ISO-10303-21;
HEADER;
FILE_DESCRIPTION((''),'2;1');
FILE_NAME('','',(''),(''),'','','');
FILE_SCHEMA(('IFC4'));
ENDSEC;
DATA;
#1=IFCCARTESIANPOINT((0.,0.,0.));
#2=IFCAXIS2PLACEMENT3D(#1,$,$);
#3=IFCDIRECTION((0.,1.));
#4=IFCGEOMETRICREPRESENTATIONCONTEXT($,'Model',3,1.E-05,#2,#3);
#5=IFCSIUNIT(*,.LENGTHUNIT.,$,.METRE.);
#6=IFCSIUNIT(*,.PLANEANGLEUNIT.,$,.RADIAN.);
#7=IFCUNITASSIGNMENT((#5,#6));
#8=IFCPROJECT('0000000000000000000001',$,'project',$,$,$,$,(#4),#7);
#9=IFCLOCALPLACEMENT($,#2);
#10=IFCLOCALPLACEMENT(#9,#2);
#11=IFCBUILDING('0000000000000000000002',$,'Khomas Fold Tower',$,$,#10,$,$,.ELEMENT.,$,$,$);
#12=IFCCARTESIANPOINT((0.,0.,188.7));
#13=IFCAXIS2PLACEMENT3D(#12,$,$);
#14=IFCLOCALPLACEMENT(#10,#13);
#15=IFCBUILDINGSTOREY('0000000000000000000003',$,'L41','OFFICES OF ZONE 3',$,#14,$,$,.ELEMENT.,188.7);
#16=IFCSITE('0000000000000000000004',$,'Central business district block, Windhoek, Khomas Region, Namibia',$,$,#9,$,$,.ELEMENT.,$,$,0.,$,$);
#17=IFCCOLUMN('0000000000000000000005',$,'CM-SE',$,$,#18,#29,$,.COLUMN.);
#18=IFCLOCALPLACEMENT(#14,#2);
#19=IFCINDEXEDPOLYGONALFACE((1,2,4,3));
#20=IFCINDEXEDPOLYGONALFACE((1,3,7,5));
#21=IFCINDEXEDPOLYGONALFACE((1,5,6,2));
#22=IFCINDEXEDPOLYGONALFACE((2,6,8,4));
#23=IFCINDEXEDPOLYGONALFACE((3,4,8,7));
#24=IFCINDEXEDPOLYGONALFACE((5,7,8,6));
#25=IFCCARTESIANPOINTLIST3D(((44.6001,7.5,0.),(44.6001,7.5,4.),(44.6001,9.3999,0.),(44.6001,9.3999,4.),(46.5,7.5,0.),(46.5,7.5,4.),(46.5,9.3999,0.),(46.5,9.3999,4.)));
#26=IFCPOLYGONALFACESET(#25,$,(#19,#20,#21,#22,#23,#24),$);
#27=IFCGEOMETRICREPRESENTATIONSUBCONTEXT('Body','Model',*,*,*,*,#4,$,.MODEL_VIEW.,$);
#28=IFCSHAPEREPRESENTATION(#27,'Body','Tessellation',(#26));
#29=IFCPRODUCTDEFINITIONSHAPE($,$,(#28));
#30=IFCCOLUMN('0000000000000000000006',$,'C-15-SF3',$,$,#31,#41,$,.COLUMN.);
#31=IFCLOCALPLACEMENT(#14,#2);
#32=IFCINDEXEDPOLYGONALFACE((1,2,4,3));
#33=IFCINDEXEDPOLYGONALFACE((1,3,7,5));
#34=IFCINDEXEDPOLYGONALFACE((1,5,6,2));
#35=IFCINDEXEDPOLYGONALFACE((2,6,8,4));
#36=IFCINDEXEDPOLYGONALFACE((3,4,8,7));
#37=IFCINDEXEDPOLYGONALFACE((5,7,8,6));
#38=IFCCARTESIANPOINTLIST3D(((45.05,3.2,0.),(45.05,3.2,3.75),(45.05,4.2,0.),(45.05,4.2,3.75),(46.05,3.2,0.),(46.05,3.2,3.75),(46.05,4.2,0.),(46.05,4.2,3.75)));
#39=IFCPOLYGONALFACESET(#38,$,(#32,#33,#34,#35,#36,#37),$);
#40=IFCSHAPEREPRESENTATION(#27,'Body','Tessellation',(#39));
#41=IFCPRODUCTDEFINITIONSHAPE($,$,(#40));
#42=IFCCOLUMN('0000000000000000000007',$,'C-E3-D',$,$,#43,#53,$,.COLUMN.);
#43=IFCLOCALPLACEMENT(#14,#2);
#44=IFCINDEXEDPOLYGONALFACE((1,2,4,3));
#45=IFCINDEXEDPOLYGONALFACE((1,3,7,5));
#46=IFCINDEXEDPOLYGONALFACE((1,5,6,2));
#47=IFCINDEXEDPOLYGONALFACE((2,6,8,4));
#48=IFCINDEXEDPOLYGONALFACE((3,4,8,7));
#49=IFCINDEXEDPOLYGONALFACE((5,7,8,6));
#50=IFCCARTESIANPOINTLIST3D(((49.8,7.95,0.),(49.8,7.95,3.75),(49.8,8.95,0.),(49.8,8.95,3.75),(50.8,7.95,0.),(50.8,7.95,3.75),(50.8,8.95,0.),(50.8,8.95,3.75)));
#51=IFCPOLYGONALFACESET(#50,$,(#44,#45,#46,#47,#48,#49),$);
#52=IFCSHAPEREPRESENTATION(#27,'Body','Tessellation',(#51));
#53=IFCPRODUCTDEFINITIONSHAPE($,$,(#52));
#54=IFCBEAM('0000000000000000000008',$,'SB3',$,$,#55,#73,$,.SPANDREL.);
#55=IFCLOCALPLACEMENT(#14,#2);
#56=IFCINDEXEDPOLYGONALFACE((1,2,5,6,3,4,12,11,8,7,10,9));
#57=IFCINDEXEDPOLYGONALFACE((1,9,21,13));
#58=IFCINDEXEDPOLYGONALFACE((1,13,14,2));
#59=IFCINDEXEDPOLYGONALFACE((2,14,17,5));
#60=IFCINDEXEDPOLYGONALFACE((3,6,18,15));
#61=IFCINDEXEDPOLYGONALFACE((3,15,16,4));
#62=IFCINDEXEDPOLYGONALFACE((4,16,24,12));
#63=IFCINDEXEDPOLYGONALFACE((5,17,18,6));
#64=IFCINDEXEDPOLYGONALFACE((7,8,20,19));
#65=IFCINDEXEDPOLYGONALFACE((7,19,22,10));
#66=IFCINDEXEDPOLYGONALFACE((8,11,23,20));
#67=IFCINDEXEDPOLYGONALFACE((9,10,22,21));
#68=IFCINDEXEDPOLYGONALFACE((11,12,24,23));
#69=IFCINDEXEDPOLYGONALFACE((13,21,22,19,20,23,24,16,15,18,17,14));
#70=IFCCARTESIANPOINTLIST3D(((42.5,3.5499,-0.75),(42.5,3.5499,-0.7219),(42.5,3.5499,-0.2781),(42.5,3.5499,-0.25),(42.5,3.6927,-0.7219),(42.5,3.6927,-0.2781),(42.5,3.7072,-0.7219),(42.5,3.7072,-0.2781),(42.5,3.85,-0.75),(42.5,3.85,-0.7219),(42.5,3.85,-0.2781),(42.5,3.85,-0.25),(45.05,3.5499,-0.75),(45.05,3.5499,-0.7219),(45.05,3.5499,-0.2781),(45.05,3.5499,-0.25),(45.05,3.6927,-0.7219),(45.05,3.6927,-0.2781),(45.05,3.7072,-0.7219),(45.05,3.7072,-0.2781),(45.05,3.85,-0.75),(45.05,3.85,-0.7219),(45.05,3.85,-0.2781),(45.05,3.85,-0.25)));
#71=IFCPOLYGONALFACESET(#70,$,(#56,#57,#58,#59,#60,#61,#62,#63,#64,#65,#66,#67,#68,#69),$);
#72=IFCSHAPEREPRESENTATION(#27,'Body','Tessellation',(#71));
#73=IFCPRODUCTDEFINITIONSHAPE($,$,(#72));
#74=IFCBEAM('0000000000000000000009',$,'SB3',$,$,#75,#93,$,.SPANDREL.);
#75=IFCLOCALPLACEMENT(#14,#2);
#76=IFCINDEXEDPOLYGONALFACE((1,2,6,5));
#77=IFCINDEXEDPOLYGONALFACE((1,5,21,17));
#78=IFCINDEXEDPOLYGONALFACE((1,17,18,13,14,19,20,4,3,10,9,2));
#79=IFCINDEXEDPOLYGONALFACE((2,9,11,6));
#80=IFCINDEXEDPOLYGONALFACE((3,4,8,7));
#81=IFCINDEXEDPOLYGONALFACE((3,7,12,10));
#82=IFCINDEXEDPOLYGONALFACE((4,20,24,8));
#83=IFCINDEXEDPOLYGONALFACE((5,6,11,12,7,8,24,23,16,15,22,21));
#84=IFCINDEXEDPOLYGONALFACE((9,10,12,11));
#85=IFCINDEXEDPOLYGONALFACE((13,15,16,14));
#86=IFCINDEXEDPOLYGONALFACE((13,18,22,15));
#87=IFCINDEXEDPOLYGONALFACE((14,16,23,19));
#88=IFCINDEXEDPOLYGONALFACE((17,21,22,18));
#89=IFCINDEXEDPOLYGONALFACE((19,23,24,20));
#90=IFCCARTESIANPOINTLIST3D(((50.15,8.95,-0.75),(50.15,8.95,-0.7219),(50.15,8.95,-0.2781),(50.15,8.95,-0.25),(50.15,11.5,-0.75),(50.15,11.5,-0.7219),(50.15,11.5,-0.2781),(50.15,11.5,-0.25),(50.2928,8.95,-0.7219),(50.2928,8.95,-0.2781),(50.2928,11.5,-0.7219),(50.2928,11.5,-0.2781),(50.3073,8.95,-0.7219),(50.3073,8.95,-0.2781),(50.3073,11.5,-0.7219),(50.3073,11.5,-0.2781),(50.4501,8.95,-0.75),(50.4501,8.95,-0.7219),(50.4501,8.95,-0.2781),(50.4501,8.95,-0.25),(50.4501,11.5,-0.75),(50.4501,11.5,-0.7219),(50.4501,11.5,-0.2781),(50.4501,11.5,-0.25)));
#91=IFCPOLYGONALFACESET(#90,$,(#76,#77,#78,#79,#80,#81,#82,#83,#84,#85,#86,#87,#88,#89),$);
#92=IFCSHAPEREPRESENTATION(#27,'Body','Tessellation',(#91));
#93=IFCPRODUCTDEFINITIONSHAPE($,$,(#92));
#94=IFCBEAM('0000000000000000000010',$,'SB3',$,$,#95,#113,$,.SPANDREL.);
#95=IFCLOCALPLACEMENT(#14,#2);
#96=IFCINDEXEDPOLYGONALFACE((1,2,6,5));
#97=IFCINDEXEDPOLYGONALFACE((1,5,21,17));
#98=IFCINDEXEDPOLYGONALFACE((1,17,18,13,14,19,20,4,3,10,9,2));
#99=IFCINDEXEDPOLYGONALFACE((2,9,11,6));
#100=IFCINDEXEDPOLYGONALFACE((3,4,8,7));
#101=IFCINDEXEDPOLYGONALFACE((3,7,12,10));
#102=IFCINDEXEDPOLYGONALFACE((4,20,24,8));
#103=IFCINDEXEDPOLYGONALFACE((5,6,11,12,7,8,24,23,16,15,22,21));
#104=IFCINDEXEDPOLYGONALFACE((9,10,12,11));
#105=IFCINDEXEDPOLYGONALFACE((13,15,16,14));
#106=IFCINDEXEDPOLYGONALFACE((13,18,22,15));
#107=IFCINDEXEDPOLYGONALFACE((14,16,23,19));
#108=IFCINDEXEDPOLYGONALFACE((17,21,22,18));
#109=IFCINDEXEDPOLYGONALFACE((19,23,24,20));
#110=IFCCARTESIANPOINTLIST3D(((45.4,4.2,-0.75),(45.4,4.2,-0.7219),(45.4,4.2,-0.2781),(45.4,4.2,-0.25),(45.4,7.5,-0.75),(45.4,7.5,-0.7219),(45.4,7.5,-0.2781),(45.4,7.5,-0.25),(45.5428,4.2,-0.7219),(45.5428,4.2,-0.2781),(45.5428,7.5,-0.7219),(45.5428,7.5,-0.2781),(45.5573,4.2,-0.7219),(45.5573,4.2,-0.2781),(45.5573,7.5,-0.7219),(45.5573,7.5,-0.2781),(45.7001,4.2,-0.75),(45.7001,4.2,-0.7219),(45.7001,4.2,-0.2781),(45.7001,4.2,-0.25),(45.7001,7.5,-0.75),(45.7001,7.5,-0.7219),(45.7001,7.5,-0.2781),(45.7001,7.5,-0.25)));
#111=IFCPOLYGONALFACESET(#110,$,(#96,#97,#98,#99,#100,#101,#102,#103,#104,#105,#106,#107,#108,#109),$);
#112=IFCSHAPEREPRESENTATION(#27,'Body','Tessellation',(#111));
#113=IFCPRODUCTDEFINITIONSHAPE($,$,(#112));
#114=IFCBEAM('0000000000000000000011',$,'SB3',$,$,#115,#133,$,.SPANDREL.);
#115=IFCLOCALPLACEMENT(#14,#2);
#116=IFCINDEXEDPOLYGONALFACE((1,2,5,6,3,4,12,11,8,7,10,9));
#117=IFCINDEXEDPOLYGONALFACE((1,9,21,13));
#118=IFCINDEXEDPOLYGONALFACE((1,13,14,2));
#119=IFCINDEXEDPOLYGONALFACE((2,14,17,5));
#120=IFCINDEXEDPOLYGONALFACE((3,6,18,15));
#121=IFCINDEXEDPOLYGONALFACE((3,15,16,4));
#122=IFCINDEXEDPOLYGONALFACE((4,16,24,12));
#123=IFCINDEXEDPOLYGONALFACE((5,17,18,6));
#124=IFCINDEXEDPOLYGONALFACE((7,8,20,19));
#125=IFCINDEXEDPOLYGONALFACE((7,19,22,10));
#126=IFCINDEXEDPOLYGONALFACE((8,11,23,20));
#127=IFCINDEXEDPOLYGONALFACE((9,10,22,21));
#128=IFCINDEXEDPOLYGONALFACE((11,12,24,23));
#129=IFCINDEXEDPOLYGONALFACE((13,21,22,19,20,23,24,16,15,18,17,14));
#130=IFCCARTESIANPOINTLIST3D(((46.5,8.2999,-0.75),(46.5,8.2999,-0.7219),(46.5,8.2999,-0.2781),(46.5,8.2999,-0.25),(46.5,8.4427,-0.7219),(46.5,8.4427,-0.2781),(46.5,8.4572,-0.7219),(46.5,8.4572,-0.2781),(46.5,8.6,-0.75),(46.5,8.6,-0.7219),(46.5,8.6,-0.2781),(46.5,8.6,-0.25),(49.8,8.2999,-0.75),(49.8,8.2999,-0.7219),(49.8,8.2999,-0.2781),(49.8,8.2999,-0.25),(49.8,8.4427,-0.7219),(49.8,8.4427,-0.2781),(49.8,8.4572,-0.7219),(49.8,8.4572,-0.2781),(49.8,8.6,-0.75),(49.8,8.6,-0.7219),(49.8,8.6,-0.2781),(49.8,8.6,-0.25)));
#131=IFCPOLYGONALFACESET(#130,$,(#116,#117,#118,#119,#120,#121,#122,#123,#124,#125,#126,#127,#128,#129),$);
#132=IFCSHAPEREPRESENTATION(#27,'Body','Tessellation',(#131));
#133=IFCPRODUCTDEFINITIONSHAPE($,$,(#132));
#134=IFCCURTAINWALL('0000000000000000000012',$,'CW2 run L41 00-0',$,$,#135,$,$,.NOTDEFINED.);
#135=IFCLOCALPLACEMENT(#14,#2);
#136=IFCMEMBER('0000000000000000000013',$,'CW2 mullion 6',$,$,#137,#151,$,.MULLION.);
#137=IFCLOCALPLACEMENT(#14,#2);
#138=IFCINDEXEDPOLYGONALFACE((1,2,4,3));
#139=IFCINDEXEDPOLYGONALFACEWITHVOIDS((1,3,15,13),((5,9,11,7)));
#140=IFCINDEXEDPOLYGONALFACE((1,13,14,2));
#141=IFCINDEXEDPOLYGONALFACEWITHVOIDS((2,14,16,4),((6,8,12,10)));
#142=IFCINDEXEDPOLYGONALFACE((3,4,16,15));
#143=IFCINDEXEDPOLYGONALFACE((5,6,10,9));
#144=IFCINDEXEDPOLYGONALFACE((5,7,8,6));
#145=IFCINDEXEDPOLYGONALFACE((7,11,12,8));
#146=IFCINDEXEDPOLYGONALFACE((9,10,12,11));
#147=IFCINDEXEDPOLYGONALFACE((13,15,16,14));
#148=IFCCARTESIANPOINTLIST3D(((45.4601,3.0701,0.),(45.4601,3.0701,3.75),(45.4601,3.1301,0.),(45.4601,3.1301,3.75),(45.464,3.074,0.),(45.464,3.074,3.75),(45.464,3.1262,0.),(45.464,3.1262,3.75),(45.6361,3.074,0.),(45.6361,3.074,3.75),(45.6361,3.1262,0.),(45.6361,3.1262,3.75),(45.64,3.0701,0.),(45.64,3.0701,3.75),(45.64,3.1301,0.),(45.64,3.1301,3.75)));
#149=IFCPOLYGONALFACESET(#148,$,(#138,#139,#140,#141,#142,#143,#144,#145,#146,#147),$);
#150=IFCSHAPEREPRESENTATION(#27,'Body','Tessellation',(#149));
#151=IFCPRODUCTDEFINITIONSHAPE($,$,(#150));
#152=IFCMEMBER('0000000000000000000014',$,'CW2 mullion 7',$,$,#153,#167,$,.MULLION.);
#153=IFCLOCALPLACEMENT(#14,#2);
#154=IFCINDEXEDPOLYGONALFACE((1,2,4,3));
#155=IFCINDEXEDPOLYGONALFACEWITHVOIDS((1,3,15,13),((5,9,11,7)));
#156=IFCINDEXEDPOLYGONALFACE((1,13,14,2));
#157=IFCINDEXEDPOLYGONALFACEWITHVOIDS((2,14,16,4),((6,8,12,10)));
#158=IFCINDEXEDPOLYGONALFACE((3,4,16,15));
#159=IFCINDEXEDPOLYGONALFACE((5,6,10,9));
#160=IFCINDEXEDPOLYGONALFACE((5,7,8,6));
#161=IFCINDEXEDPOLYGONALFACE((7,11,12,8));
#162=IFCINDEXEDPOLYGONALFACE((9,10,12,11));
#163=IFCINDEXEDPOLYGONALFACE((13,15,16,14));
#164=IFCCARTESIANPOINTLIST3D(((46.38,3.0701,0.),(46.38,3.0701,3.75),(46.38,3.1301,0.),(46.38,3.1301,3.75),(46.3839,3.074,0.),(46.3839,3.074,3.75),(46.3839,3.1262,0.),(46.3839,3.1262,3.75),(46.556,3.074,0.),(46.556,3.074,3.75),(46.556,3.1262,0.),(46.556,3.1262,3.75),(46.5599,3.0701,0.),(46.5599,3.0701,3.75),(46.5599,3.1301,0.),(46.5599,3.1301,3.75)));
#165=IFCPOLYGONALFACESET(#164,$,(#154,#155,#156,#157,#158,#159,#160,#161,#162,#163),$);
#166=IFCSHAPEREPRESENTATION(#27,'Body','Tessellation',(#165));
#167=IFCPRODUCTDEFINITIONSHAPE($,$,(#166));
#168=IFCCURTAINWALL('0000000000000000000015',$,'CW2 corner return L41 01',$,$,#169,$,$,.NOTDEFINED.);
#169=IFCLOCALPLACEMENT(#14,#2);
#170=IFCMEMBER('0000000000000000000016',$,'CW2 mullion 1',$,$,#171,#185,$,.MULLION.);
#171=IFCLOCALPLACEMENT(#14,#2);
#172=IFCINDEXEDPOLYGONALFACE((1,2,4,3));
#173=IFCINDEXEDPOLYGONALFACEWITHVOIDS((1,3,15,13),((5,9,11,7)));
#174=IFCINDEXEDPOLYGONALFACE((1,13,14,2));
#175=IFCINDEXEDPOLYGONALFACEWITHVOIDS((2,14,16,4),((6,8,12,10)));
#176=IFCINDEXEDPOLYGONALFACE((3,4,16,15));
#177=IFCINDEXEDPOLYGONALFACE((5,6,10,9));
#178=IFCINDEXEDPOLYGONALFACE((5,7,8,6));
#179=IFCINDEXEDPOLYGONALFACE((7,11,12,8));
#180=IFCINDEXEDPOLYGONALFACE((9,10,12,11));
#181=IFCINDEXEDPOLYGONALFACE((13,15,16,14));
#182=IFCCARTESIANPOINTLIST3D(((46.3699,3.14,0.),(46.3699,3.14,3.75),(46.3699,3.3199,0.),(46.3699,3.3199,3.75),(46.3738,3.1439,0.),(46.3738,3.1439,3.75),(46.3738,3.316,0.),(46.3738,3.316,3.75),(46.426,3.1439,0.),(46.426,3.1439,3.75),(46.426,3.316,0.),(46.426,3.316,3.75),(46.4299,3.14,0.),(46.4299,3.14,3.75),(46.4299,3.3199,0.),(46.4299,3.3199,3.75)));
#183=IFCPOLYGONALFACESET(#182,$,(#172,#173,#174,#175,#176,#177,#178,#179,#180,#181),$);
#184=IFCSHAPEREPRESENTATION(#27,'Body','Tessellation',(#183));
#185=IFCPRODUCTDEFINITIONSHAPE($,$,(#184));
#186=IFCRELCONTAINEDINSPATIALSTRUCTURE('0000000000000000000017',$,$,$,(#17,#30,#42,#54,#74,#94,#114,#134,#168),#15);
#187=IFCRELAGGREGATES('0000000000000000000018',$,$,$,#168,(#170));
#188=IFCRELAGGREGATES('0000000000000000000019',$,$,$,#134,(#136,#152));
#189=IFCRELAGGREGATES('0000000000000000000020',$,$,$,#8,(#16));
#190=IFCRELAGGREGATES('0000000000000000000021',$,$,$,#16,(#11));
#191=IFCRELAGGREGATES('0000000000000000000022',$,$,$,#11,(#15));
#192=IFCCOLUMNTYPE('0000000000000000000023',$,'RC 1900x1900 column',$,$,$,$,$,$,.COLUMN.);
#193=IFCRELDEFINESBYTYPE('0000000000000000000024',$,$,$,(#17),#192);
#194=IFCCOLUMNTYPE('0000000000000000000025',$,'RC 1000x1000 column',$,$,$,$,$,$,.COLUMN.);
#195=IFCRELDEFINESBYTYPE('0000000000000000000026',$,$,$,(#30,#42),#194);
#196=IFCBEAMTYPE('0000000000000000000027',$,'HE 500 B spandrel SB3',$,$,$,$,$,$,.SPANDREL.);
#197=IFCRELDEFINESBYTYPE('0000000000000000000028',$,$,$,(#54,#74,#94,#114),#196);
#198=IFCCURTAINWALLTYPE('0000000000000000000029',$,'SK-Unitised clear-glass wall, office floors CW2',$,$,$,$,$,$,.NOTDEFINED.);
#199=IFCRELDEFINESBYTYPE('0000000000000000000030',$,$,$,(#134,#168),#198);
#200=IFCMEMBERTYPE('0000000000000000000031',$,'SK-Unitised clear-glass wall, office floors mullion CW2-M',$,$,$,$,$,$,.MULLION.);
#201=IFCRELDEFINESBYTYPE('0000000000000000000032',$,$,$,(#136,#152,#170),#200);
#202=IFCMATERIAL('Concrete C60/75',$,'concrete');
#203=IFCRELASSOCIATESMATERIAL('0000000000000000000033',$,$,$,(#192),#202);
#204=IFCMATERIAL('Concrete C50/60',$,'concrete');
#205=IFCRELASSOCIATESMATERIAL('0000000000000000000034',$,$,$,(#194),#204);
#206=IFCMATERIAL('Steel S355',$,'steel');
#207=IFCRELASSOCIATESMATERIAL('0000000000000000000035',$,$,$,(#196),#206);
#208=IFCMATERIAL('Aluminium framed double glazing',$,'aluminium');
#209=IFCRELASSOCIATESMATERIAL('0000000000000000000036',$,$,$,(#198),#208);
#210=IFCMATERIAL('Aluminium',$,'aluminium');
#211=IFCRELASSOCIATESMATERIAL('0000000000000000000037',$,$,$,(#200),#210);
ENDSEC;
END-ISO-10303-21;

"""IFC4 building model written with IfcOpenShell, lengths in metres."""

from ifc_helpers import new_model, si_unit, direction, frame, origin, origin_2d, place, context, subcontext, project, spatial, rectangle, hollow_rectangle, i_section, extrude, source, transform, mapped, material, material_profile, profile_set, type_object, element, aggregate, save


model = new_model("IFC4")

# Units and contexts
model_context = context("Model", 3, precision=1e-05, world=origin(), true_north=direction((0.0, 1.0)))
body_context = subcontext(model_context, "Body", "Model", "MODEL_VIEW")
ifc_project = project(units=[si_unit("LENGTHUNIT", "METRE"), si_unit("PLANEANGLEUNIT", "RADIAN")], contexts=[model_context])

# Site, building, storey
site_placement = place(None, origin())
site = spatial("IfcSite", under=ifc_project, at=site_placement, Name="Central business district block, Windhoek, Khomas Region, Namibia", CompositionType="ELEMENT", RefElevation=0.0)
building_placement = place(site_placement, origin())
building = spatial("IfcBuilding", under=site, at=building_placement, Name="Khomas Fold Tower", CompositionType="ELEMENT")
storey_placement = place(building_placement, frame((0.0, 0.0, 188.7)))
storey = spatial("IfcBuildingStorey", under=building, at=storey_placement, Name="L41", Description="OFFICES OF ZONE 3", CompositionType="ELEMENT", Elevation=188.7)

# Columns
ifc_material_1 = material(Name="Concrete C60/75", Category="concrete")
ifc_material_profile_1 = material_profile(ifc_material_1, rectangle(XDim=1.8999, YDim=1.8999, at=origin_2d()), Name="RC 1900x1900")
ifc_profile_set_1 = profile_set([ifc_material_profile_1], Name="Concrete C60/75")
column_type_1 = type_object("IfcColumnType", Name="RC 1900x1900 column", PredefinedType="COLUMN", material=ifc_profile_set_1)
shared_shape_1 = source(origin(), body_context, "Body", "SweptSolid", [
    extrude(rectangle(XDim=1.8999, YDim=1.8999, at=origin_2d()), origin(), (0.0, 0.0, 1.0), 4.0),
])
column_placement = place(storey_placement, frame((45.55, 8.45, 0.0), z_axis=(0.0, 0.0, 1.0), x_axis=(1.0, 0.0, 0.0)))
element("IfcColumn", 1, at=column_placement, inside=storey, type_object=column_type_1, Name="CM-SE", PredefinedType="COLUMN", context=body_context, shape_type="MappedRepresentation", body=[
    mapped(shared_shape_1, transform((0.0, 0.0, 0.0))),
])
ifc_material_2 = material(Name="Concrete C50/60", Category="concrete")
ifc_material_profile_2 = material_profile(ifc_material_2, rectangle(XDim=1.0, YDim=1.0, at=origin_2d()), Name="RC 1000x1000")
ifc_profile_set_2 = profile_set([ifc_material_profile_2], Name="Concrete C50/60")
column_type_2 = type_object("IfcColumnType", Name="RC 1000x1000 column", PredefinedType="COLUMN", material=ifc_profile_set_2)
shared_shape_2 = source(origin(), body_context, "Body", "SweptSolid", [
    extrude(rectangle(XDim=1.0, YDim=1.0, at=origin_2d()), origin(), (0.0, 0.0, 1.0), 3.75),
])
for number, where, z_axis, x_axis, name in (
    (2, (45.55, 3.7, 0.0), (0.0, 0.0, 1.0), (1.0, 0.0, 0.0), "C-15-SF3"),
    (3, (50.3, 8.45, 0.0), (0.0, 0.0, 1.0), (1.0, 0.0, 0.0), "C-E3-D"),
):
    element("IfcColumn", number, at=place(storey_placement, frame(where, z_axis=z_axis, x_axis=x_axis)), inside=storey, type_object=column_type_2, Name=name, PredefinedType="COLUMN", context=body_context, shape_type="MappedRepresentation", body=[
        mapped(shared_shape_2, transform((0.0, 0.0, 0.0))),
    ])

# Beams
ifc_material_3 = material(Name="Steel S355", Category="steel")
ifc_material_profile_3 = material_profile(ifc_material_3, i_section(OverallWidth=0.3, OverallDepth=0.5, WebThickness=0.0144, FlangeThickness=0.0281, at=origin_2d()), Name="HE 500 B")
ifc_profile_set_3 = profile_set([ifc_material_profile_3], Name="Steel S355")
beam_type = type_object("IfcBeamType", Name="HE 500 B spandrel SB3", PredefinedType="SPANDREL", material=ifc_profile_set_3)
shared_shape_3 = source(origin(), body_context, "Body", "SweptSolid", [
    extrude(i_section(OverallWidth=0.3, OverallDepth=0.5, WebThickness=0.0144, FlangeThickness=0.0281, at=origin_2d()), origin(), (0.0, 0.0, 1.0), 2.55),
])
for number, where, z_axis, x_axis, name in (
    (4, (42.5, 3.7, -0.5), (1.0, 0.0, 0.0), (0.0, 1.0, 0.0), "SB3"),
    (5, (50.3, 8.95, -0.5), (0.0, 1.0, 0.0), (-1.0, 0.0, 0.0), "SB3"),
):
    element("IfcBeam", number, at=place(storey_placement, frame(where, z_axis=z_axis, x_axis=x_axis)), inside=storey, type_object=beam_type, Name=name, PredefinedType="SPANDREL", context=body_context, shape_type="MappedRepresentation", body=[
        mapped(shared_shape_3, transform((0.0, 0.0, 0.0))),
    ])
shared_shape_4 = source(origin(), body_context, "Body", "SweptSolid", [
    extrude(i_section(OverallWidth=0.3, OverallDepth=0.5, WebThickness=0.0144, FlangeThickness=0.0281, at=origin_2d()), origin(), (0.0, 0.0, 1.0), 3.3),
])
for number, where, z_axis, x_axis, name in (
    (6, (45.55, 4.2, -0.5), (0.0, 1.0, 0.0), (-1.0, 0.0, 0.0), "SB3"),
    (7, (46.5, 8.45, -0.5), (1.0, 0.0, 0.0), (0.0, 1.0, 0.0), "SB3"),
):
    element("IfcBeam", number, at=place(storey_placement, frame(where, z_axis=z_axis, x_axis=x_axis)), inside=storey, type_object=beam_type, Name=name, PredefinedType="SPANDREL", context=body_context, shape_type="MappedRepresentation", body=[
        mapped(shared_shape_4, transform((0.0, 0.0, 0.0))),
    ])

# Curtain walls, members
ifc_material_4 = material(Name="Aluminium framed double glazing", Category="aluminium")
curtain_wall_type = type_object("IfcCurtainWallType", Name="SK-Unitised clear-glass wall, office floors CW2", PredefinedType="NOTDEFINED", material=ifc_material_4)
curtain_wall_1_placement = place(storey_placement, origin())
curtain_wall_1 = element("IfcCurtainWall", 8, at=curtain_wall_1_placement, inside=storey, type_object=curtain_wall_type, Name="CW2 run L41 00-0", PredefinedType="NOTDEFINED")
ifc_material_5 = material(Name="Aluminium", Category="aluminium")
ifc_material_profile_4 = material_profile(ifc_material_5, hollow_rectangle(XDim=0.0601, YDim=0.1799, WallThickness=0.0039, at=origin_2d()), Name="SK-Unitised clear-glass wall, office floors mullion CW2-M")
ifc_profile_set_4 = profile_set([ifc_material_profile_4], Name="Aluminium")
member_type_1 = type_object("IfcMemberType", Name="SK-Unitised clear-glass wall, office floors mullion CW2-M", PredefinedType="MULLION", material=ifc_profile_set_4)
shared_shape_5 = source(origin(), body_context, "Body", "SweptSolid", [
    extrude(hollow_rectangle(XDim=0.0601, YDim=0.1799, WallThickness=0.0039, at=origin_2d()), origin(), (0.0, 0.0, 1.0), 3.75),
])
member_1_placement = place(storey_placement, frame((45.55, 3.1001, 0.0), z_axis=(0.0, 0.0, 1.0), x_axis=(0.0, 1.0, 0.0)))
member_1 = element("IfcMember", 9, at=member_1_placement, type_object=member_type_1, Name="CW2 mullion 6", PredefinedType="MULLION", context=body_context, shape_type="MappedRepresentation", body=[
    mapped(shared_shape_5, transform((0.0, 0.0, 0.0))),
])
member_2_placement = place(storey_placement, frame((46.47, 3.1001, 0.0), z_axis=(0.0, 0.0, 1.0), x_axis=(0.0, 1.0, 0.0)))
member_2 = element("IfcMember", 10, at=member_2_placement, type_object=member_type_1, Name="CW2 mullion 7", PredefinedType="MULLION", context=body_context, shape_type="MappedRepresentation", body=[
    mapped(shared_shape_5, transform((0.0, 0.0, 0.0))),
])
curtain_wall_2_placement = place(storey_placement, origin())
curtain_wall_2 = element("IfcCurtainWall", 11, at=curtain_wall_2_placement, inside=storey, type_object=curtain_wall_type, Name="CW2 corner return L41 01", PredefinedType="NOTDEFINED")
member_3_placement = place(storey_placement, frame((46.3999, 3.23, 0.0), z_axis=(0.0, 0.0, 1.0), x_axis=(-1.0, 0.0, 0.0)))
member_3 = element("IfcMember", 12, at=member_3_placement, type_object=member_type_1, Name="CW2 mullion 1", PredefinedType="MULLION", context=body_context, shape_type="MappedRepresentation", body=[
    mapped(shared_shape_5, transform((0.0, 0.0, 0.0))),
])

aggregate(curtain_wall_2, [member_3])
aggregate(curtain_wall_1, [member_1, member_2])

save(model, "model.ifc")
